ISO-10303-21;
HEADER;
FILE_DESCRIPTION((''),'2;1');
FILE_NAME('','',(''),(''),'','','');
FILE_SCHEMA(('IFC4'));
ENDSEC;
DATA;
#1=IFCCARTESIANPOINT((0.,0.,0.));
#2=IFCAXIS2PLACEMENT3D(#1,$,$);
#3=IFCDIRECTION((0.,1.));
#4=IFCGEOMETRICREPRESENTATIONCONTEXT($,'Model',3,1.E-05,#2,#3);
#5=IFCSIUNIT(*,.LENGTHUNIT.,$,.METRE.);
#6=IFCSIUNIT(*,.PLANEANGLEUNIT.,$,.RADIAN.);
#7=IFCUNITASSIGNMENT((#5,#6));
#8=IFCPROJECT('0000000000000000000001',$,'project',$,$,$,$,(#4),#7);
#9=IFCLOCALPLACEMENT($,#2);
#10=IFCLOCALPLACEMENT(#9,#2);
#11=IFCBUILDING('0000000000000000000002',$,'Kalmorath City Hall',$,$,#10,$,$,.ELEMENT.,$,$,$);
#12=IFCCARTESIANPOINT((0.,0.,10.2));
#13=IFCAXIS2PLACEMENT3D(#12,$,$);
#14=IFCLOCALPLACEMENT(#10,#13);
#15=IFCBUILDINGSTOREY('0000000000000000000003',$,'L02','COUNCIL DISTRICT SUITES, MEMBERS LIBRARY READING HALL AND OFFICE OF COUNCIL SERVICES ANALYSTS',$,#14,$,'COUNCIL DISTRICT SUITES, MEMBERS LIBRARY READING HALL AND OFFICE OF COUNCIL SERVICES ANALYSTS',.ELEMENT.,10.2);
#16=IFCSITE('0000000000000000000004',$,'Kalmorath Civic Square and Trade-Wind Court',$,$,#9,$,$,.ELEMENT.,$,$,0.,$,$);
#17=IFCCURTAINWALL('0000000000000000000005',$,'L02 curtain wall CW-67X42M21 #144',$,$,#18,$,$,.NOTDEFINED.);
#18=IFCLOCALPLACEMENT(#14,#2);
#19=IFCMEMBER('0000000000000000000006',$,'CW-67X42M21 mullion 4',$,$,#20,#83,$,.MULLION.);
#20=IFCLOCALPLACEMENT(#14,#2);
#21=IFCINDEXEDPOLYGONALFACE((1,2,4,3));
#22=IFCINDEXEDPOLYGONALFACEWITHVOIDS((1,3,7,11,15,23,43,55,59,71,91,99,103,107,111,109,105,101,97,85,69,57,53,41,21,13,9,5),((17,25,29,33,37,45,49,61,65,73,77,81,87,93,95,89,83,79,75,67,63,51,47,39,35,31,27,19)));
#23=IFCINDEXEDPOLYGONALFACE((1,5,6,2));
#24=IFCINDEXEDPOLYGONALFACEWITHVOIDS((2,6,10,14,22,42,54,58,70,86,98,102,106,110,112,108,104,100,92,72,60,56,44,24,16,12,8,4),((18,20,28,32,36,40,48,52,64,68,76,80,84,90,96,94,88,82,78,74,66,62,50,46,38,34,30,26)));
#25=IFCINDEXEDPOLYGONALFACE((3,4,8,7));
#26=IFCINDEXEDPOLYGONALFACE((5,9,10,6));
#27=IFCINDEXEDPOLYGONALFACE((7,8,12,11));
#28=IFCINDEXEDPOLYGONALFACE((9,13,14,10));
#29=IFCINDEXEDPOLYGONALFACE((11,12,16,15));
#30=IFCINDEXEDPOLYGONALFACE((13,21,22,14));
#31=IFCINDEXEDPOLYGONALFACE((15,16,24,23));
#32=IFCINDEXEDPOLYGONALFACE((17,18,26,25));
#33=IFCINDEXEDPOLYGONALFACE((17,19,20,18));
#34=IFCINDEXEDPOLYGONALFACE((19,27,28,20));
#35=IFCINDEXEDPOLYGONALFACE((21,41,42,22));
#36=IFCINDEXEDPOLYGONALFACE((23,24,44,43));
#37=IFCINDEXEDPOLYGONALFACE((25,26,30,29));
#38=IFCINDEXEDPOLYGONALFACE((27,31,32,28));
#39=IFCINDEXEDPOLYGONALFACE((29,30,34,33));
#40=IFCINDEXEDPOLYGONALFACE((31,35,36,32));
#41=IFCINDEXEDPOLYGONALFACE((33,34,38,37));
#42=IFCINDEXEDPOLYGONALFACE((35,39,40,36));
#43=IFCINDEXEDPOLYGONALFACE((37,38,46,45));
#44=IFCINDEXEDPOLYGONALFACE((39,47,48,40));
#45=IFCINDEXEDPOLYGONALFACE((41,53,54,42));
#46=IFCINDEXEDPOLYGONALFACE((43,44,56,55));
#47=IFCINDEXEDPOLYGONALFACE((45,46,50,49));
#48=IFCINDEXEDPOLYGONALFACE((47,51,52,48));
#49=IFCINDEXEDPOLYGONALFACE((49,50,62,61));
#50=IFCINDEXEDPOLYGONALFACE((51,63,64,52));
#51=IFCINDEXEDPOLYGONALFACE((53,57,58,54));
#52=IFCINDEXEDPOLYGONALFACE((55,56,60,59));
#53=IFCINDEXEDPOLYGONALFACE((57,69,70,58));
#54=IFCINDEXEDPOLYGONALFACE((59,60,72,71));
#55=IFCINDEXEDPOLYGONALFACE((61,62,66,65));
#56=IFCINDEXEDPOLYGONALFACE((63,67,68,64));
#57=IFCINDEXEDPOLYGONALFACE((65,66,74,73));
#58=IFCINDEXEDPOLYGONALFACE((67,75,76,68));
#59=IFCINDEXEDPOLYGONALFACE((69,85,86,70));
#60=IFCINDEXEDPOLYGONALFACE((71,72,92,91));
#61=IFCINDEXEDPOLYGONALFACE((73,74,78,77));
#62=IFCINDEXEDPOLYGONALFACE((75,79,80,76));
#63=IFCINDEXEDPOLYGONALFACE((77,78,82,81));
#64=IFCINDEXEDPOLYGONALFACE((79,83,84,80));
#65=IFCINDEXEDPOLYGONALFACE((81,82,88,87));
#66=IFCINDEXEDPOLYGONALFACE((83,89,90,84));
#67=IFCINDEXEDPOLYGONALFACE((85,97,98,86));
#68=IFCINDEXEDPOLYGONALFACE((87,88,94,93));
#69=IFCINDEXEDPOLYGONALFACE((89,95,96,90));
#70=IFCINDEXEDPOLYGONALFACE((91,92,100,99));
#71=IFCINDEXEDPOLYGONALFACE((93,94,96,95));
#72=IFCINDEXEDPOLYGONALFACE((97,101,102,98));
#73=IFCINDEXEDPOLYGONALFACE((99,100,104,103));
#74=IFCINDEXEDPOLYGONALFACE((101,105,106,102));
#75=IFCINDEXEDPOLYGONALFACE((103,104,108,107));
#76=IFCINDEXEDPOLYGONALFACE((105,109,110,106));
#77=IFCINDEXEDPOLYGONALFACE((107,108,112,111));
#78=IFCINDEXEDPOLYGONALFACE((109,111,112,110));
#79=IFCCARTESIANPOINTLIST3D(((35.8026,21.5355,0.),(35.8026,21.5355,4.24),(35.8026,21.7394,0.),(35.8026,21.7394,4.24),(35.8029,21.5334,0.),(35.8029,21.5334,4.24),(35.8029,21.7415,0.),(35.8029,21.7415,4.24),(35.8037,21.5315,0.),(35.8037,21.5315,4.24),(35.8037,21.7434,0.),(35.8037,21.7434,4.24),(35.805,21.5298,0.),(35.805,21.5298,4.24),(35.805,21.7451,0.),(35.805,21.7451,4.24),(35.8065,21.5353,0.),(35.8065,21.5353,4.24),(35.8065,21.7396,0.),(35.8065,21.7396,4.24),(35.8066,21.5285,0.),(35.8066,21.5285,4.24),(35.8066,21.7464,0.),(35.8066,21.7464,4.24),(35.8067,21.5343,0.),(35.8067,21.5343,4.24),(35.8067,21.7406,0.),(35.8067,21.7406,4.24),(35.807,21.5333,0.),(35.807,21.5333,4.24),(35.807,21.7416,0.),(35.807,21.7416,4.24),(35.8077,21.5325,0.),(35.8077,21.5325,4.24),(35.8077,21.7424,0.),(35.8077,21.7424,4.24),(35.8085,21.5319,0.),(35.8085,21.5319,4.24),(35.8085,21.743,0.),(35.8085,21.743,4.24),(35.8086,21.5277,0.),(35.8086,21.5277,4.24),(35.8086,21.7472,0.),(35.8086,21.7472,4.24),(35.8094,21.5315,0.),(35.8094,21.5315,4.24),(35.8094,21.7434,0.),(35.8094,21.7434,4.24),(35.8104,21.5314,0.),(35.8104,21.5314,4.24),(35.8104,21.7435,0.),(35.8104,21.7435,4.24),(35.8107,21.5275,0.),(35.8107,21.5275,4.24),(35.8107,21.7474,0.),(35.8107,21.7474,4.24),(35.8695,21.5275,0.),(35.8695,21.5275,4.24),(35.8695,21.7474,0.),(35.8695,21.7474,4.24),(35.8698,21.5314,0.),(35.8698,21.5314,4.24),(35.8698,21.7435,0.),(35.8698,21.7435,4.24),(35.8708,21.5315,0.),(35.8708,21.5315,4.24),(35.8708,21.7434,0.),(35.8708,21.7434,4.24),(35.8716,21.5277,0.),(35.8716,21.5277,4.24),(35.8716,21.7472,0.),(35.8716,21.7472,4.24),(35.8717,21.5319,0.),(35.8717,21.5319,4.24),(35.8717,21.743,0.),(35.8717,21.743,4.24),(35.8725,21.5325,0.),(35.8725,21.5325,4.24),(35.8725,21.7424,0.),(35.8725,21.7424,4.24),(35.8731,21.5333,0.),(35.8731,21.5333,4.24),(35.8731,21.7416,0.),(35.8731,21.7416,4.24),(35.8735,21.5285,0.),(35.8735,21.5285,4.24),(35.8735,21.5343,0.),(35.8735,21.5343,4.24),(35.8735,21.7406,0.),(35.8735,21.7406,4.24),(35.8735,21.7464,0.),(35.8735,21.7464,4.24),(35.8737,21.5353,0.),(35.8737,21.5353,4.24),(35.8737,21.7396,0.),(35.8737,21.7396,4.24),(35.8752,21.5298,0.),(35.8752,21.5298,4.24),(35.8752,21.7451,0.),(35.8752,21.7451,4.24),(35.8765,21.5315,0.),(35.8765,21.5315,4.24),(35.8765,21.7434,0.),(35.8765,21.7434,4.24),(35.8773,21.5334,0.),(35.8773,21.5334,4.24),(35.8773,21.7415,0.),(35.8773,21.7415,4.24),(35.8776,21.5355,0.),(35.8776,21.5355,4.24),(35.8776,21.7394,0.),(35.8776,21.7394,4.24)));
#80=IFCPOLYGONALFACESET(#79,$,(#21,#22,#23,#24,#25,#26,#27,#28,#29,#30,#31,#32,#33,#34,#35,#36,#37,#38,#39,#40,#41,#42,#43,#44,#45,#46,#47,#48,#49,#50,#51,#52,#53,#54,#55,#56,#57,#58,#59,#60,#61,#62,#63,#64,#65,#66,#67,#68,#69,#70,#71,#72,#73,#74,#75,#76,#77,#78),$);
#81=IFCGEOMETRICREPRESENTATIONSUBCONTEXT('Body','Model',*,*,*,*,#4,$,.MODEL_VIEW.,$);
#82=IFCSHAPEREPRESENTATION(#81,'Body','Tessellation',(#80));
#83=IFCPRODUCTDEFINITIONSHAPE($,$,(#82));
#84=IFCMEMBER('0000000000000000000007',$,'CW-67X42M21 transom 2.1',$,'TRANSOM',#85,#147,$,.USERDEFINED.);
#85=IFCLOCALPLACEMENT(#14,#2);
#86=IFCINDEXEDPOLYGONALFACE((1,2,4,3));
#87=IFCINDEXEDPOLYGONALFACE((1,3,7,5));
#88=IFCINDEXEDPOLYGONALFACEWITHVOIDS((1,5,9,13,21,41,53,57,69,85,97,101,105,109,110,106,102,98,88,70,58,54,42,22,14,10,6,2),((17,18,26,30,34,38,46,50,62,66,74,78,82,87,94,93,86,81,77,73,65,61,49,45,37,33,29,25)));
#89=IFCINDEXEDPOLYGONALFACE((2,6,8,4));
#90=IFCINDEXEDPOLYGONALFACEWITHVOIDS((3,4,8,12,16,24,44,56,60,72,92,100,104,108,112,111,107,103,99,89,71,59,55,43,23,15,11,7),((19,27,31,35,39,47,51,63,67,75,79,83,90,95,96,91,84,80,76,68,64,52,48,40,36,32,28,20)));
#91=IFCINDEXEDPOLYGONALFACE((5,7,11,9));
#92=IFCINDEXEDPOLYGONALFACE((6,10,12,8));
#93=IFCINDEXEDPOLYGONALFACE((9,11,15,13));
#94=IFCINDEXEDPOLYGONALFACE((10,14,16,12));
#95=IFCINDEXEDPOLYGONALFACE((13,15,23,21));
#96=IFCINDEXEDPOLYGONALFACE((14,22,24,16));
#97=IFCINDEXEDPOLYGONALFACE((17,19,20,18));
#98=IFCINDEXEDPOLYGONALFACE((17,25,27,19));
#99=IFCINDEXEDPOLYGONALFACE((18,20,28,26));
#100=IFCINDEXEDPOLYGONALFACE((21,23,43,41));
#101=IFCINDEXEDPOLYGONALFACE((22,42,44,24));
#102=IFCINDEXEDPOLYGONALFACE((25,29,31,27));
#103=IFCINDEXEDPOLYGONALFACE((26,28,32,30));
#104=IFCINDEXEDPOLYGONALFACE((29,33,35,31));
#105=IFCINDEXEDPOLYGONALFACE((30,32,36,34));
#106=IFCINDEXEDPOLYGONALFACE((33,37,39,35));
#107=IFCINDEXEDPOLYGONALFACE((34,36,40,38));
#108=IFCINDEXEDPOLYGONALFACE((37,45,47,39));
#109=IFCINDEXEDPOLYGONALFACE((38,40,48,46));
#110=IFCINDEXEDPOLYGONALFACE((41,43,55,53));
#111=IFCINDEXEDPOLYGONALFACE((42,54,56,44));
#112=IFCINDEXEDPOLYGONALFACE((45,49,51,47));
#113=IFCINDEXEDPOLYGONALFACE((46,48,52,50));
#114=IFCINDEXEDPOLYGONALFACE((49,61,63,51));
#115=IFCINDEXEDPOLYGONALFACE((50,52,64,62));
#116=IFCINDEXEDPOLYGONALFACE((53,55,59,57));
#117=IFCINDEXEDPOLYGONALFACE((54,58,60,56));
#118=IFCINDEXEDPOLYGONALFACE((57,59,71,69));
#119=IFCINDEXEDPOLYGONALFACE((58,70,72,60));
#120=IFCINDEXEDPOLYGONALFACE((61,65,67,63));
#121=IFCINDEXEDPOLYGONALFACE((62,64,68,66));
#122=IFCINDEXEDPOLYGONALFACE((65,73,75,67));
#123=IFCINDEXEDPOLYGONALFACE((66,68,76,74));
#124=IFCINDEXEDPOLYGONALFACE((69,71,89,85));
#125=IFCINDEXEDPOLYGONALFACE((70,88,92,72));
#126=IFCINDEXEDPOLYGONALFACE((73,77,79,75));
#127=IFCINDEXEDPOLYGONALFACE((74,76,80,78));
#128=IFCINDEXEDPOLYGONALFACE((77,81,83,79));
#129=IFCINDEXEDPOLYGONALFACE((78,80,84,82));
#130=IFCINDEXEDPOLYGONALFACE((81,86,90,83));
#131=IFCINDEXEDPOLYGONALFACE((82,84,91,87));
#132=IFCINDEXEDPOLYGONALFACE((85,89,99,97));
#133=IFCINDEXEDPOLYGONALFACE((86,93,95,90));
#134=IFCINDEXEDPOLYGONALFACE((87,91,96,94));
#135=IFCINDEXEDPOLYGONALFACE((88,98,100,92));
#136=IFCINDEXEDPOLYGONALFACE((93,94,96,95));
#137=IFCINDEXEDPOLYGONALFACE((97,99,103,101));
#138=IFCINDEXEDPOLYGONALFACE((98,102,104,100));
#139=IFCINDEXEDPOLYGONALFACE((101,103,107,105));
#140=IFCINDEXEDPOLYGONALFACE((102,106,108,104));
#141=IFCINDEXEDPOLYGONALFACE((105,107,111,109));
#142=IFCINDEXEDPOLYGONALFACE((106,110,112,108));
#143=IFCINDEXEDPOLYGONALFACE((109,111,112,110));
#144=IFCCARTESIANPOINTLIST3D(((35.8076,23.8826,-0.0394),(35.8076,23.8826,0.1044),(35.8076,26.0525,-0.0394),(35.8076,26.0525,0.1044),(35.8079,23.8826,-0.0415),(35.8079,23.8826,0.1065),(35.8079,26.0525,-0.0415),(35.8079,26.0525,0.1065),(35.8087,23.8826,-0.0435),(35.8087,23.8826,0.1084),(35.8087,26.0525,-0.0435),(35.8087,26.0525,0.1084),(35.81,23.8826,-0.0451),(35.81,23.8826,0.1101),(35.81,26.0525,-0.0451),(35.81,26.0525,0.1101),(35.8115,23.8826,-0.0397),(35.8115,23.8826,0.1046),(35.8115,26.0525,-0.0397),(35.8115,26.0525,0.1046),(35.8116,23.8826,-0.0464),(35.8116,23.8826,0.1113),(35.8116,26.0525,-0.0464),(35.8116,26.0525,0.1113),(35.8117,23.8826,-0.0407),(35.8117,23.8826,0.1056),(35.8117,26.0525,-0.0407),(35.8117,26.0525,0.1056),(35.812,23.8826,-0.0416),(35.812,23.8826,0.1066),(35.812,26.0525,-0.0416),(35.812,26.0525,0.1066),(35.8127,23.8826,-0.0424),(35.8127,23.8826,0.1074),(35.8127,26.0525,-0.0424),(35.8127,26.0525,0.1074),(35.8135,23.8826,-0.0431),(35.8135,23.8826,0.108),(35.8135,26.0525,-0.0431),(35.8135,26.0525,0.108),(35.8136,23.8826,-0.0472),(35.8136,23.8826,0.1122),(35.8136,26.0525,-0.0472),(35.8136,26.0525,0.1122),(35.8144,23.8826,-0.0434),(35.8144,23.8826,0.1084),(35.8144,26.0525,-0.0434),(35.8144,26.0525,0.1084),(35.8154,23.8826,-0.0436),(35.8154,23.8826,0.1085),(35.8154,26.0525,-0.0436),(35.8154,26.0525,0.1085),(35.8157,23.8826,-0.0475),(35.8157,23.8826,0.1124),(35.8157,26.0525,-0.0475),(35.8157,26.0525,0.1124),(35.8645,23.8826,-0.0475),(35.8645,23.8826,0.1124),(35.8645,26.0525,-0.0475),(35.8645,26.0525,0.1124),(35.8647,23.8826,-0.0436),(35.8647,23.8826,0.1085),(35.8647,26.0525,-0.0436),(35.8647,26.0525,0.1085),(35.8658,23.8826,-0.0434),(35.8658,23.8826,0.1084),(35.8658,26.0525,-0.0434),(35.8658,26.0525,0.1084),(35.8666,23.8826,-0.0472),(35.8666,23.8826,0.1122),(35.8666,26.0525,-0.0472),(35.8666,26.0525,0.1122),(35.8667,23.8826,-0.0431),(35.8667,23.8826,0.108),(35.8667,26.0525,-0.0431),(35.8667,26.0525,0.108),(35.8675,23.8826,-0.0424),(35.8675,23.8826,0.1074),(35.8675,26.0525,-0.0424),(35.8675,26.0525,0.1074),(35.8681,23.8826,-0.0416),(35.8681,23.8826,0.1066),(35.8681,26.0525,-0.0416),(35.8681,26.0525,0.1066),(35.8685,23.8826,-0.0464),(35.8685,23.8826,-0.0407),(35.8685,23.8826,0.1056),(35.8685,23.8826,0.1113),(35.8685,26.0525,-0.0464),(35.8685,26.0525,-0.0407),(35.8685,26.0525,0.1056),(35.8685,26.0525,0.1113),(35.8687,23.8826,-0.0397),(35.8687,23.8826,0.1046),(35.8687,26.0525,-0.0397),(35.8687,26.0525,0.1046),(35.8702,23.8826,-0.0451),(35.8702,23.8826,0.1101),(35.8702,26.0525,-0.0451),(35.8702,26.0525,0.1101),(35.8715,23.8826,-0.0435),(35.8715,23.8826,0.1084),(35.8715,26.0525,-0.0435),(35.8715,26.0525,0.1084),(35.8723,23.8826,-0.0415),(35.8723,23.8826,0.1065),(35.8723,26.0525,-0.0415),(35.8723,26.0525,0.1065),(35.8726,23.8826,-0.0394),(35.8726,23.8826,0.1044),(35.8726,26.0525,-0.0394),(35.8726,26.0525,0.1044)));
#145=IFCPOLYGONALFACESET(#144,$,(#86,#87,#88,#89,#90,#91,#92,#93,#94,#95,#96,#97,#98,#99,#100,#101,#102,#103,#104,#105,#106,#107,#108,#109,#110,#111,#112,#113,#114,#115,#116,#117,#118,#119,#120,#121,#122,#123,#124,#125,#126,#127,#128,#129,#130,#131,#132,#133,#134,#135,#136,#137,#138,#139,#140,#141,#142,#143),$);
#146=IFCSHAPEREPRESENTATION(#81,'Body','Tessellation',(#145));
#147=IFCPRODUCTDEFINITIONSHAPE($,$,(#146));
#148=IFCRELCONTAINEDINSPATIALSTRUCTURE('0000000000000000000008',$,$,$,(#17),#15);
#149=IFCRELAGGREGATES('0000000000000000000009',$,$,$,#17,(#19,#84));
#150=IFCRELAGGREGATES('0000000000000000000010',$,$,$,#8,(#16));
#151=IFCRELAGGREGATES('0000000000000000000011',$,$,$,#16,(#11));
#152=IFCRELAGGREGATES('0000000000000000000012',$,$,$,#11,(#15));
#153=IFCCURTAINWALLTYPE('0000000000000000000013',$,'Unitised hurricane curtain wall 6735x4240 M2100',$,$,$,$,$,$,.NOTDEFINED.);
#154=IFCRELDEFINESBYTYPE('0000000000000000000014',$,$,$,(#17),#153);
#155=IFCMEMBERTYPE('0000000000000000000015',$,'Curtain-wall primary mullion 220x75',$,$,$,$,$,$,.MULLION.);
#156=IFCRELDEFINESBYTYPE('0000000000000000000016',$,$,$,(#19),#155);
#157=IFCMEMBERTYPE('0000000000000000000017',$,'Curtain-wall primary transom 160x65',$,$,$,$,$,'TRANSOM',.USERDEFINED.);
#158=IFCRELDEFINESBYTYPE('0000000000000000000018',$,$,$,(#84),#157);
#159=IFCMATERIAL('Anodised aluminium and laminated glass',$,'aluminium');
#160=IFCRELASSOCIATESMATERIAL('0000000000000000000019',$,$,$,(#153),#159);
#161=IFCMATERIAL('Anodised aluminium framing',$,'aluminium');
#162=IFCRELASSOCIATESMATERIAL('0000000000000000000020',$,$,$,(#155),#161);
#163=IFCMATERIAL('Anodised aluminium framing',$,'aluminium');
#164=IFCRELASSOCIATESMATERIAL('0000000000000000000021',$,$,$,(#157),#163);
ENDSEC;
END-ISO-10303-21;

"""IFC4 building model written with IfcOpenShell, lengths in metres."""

from ifc_helpers import new_model, si_unit, direction, frame, origin, origin_2d, place, context, subcontext, project, spatial, hollow_rectangle, extrude, material, material_profile, profile_set, type_object, element, aggregate, save


model = new_model("IFC4")

# Units and contexts
model_context = context("Model", 3, precision=1e-05, world=origin(), true_north=direction((0.0, 1.0)))
body_context = subcontext(model_context, "Body", "Model", "MODEL_VIEW")
ifc_project = project(units=[si_unit("LENGTHUNIT", "METRE"), si_unit("PLANEANGLEUNIT", "RADIAN")], contexts=[model_context])

# Site, building, storey
site_placement = place(None, origin())
site = spatial("IfcSite", under=ifc_project, at=site_placement, Name="Kalmorath Civic Square and Trade-Wind Court", CompositionType="ELEMENT", RefElevation=0.0)
building_placement = place(site_placement, origin())
building = spatial("IfcBuilding", under=site, at=building_placement, Name="Kalmorath City Hall", CompositionType="ELEMENT")
storey_placement = place(building_placement, frame((0.0, 0.0, 10.2)))
storey = spatial("IfcBuildingStorey", under=building, at=storey_placement, Name="L02", Description="COUNCIL DISTRICT SUITES, MEMBERS LIBRARY READING HALL AND OFFICE OF COUNCIL SERVICES ANALYSTS", LongName="COUNCIL DISTRICT SUITES, MEMBERS LIBRARY READING HALL AND OFFICE OF COUNCIL SERVICES ANALYSTS", CompositionType="ELEMENT", Elevation=10.2)

# Curtain wall, members
ifc_material_1 = material(Name="Anodised aluminium and laminated glass", Category="aluminium")
curtain_wall_type = type_object("IfcCurtainWallType", Name="Unitised hurricane curtain wall 6735x4240 M2100", PredefinedType="NOTDEFINED", material=ifc_material_1)
curtain_wall_placement = place(storey_placement, origin())
curtain_wall = element("IfcCurtainWall", 1, at=curtain_wall_placement, inside=storey, type_object=curtain_wall_type, Name="L02 curtain wall CW-67X42M21 #144", PredefinedType="NOTDEFINED")
ifc_material_2 = material(Name="Anodised aluminium framing", Category="aluminium")
ifc_material_profile_1 = material_profile(ifc_material_2, hollow_rectangle(XDim=0.075, YDim=0.22, WallThickness=0.0039, InnerFilletRadius=0.0039, OuterFilletRadius=0.0081, at=origin_2d()), Name="ALU-MUL-220X75X4")
ifc_profile_set_1 = profile_set([ifc_material_profile_1], Name="Anodised aluminium framing")
member_type_1 = type_object("IfcMemberType", Name="Curtain-wall primary mullion 220x75", PredefinedType="MULLION", material=ifc_profile_set_1)
member_1_placement = place(storey_placement, frame((35.8401, 21.6375, 0.0), z_axis=(0.0, 0.0, 1.0), x_axis=(1.0, 0.0, 0.0)))
member_1 = element("IfcMember", 2, at=member_1_placement, type_object=member_type_1, Name="CW-67X42M21 mullion 4", PredefinedType="MULLION", context=body_context, shape_type="SweptSolid", body=[
    extrude(hollow_rectangle(XDim=0.075, YDim=0.22, WallThickness=0.0039, InnerFilletRadius=0.0039, OuterFilletRadius=0.0081, at=origin_2d()), origin(), (0.0, 0.0, 1.0), 4.24),
])
ifc_material_3 = material(Name="Anodised aluminium framing", Category="aluminium")
ifc_material_profile_2 = material_profile(ifc_material_3, hollow_rectangle(XDim=0.0649, YDim=0.1599, WallThickness=0.0039, InnerFilletRadius=0.0039, OuterFilletRadius=0.0081, at=origin_2d()), Name="ALU-TRN-160X65X4")
ifc_profile_set_2 = profile_set([ifc_material_profile_2], Name="Anodised aluminium framing")
member_type_2 = type_object("IfcMemberType", Name="Curtain-wall primary transom 160x65", ElementType="TRANSOM", PredefinedType="USERDEFINED", material=ifc_profile_set_2)
member_2_placement = place(storey_placement, frame((35.8401, 26.0525, 0.0325), z_axis=(0.0, -1.0, 0.0), x_axis=(1.0, 0.0, 0.0)))
member_2 = element("IfcMember", 3, at=member_2_placement, type_object=member_type_2, Name="CW-67X42M21 transom 2.1", ObjectType="TRANSOM", PredefinedType="USERDEFINED", context=body_context, shape_type="SweptSolid", body=[
    extrude(hollow_rectangle(XDim=0.0649, YDim=0.1599, WallThickness=0.0039, InnerFilletRadius=0.0039, OuterFilletRadius=0.0081, at=origin_2d()), origin(), (0.0, 0.0, 1.0), 2.1699),
])

aggregate(curtain_wall, [member_1, member_2])

save(model, "model.ifc")
